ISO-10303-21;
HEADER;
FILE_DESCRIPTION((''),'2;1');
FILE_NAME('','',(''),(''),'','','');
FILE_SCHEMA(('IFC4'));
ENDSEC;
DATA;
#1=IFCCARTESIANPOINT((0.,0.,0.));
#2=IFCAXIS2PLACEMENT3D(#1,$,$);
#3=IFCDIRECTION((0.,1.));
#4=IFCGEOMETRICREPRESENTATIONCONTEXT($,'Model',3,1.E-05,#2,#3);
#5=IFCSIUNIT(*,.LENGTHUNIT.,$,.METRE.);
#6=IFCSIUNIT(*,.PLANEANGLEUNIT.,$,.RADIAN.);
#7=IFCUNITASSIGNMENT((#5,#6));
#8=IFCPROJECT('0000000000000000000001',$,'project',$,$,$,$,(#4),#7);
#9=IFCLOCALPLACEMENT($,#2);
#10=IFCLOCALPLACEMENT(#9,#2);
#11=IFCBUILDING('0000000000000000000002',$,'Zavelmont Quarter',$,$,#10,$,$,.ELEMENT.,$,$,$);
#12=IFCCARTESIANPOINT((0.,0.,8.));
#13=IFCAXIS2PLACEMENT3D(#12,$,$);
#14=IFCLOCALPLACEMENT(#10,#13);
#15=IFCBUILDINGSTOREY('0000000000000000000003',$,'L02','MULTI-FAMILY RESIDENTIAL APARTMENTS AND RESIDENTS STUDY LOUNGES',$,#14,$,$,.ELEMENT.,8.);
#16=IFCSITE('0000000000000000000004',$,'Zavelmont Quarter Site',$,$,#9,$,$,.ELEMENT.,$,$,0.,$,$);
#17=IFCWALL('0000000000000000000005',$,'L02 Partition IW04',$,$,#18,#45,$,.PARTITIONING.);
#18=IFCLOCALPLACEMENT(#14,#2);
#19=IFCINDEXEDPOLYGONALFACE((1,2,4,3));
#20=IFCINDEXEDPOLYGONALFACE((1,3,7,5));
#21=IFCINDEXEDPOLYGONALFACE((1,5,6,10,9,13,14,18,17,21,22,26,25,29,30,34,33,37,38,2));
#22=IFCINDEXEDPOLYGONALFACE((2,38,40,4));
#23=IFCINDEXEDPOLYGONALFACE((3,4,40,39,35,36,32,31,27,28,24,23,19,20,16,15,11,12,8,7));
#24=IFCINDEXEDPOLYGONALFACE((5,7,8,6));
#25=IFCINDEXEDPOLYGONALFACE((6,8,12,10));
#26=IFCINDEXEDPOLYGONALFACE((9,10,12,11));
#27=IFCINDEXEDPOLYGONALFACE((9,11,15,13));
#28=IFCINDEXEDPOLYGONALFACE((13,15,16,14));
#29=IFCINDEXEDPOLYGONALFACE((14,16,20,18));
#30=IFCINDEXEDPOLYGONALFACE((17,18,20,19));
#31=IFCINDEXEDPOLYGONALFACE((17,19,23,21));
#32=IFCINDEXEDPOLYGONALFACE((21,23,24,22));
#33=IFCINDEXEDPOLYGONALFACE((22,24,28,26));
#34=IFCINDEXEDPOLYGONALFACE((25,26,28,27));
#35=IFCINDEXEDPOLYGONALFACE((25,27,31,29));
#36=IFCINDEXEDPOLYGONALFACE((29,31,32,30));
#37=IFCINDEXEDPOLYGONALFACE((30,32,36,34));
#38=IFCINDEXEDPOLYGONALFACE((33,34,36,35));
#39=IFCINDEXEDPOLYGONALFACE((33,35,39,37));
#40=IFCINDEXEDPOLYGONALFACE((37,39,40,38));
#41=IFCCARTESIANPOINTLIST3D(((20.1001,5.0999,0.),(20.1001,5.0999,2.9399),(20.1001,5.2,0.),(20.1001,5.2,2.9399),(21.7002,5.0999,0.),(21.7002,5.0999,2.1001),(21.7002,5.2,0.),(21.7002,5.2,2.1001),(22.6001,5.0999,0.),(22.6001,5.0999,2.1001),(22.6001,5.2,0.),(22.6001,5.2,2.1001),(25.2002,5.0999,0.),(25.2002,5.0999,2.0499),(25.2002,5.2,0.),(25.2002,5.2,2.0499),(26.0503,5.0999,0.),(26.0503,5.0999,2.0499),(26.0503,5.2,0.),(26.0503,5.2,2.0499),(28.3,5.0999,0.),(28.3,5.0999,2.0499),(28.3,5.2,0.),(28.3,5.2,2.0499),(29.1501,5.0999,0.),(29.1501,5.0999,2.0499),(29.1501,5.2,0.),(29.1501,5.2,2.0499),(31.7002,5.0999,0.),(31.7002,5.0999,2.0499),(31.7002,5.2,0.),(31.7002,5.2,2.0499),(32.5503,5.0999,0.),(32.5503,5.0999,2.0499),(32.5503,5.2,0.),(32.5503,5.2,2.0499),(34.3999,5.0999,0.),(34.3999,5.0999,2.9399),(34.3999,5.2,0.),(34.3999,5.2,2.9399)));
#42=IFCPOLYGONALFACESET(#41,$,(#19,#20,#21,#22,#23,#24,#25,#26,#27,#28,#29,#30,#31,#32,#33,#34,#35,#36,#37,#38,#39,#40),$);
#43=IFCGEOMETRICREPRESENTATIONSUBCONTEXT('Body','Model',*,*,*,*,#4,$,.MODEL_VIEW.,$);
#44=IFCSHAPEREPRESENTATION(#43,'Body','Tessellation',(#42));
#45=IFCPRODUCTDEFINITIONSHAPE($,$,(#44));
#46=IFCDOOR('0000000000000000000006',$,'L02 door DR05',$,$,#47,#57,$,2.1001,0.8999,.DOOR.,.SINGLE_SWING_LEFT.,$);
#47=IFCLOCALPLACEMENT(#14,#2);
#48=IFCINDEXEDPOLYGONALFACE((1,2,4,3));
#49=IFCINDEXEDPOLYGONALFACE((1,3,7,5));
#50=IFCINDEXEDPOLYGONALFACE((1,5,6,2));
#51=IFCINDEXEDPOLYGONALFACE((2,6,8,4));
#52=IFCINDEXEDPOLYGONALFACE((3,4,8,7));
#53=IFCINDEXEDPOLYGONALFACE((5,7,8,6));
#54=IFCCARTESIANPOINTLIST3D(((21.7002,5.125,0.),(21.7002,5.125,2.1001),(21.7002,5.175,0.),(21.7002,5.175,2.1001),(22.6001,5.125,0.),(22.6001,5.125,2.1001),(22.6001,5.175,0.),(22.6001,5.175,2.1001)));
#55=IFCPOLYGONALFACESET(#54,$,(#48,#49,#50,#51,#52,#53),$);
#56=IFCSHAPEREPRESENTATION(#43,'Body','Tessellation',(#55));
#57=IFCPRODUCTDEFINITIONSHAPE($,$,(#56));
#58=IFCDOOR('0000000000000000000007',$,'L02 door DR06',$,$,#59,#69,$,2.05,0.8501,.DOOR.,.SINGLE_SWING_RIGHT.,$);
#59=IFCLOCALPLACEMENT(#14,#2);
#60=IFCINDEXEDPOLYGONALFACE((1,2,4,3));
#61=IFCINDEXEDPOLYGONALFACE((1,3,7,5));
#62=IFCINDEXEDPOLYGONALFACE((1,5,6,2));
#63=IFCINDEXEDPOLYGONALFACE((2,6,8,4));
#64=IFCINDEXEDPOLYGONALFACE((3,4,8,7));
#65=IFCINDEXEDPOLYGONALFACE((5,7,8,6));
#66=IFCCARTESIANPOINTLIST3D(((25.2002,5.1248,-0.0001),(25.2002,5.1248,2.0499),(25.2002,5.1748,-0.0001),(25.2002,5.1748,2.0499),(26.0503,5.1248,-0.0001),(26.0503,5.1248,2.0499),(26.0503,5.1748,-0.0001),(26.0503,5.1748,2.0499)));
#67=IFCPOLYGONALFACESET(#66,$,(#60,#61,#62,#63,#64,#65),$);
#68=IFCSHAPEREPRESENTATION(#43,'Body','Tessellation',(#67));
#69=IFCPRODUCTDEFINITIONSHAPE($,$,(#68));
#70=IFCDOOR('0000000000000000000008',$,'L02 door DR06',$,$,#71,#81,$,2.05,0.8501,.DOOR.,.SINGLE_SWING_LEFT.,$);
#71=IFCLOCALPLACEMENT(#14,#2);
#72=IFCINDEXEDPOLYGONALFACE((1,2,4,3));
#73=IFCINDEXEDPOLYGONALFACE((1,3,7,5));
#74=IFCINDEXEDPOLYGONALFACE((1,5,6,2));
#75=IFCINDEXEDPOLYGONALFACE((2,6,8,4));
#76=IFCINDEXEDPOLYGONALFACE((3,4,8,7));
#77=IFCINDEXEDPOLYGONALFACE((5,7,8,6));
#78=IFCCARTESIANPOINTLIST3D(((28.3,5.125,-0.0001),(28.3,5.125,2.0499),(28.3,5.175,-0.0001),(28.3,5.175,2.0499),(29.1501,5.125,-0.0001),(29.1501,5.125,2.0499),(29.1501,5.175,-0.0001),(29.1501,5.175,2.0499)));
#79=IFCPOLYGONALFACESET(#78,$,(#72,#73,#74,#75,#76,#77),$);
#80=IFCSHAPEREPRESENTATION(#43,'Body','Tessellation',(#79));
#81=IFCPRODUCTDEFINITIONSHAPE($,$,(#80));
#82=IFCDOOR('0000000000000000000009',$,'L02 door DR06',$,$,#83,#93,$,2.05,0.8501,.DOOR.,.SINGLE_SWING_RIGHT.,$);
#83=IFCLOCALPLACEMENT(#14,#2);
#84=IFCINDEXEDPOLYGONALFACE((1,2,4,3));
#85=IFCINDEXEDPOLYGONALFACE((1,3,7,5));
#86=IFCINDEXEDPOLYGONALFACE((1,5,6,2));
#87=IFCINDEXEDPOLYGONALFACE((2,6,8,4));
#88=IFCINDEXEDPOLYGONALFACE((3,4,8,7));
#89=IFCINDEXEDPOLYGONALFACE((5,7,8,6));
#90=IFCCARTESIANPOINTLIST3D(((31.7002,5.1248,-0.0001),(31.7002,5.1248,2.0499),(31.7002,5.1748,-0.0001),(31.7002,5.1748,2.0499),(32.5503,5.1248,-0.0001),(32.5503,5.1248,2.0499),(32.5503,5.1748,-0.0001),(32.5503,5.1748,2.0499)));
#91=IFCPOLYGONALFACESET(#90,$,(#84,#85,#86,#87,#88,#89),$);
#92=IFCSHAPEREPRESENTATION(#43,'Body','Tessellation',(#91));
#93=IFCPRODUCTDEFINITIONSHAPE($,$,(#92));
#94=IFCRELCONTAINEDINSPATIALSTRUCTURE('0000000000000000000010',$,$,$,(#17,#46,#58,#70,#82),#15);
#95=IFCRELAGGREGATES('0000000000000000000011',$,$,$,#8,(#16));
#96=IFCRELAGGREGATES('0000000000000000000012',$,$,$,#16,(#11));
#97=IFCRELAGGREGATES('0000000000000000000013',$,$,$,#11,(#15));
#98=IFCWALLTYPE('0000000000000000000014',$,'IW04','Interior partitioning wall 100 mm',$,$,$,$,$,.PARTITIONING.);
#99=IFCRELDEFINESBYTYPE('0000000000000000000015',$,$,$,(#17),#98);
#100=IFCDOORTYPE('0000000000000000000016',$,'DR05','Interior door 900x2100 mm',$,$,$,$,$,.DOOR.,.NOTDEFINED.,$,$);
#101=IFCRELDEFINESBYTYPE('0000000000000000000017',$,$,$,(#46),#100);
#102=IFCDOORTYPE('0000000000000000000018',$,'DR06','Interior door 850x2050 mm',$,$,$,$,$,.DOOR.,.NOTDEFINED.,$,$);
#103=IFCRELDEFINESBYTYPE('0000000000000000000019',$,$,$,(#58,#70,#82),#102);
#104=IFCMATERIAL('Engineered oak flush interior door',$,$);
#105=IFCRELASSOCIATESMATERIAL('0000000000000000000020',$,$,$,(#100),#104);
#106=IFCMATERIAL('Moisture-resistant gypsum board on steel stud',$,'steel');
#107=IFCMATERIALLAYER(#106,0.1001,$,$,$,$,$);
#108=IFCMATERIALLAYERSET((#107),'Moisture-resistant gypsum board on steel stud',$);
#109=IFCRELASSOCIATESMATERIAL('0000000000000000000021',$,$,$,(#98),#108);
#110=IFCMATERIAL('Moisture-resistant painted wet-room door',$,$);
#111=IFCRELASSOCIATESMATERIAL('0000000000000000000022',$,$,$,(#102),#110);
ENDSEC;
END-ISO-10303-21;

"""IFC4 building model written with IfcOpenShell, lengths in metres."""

from ifc_helpers import new_model, si_unit, direction, frame, frame_2d, origin, origin_with_axes, place, context, subcontext, project, spatial, rectangle, extrude, material, layer, layer_set, type_object, element, fill, save


model = new_model("IFC4")

# Units and contexts
model_context = context("Model", 3, precision=1e-05, world=origin(), true_north=direction((0.0, 1.0)))
body_context = subcontext(model_context, "Body", "Model", "MODEL_VIEW")
ifc_project = project(units=[si_unit("LENGTHUNIT", "METRE"), si_unit("PLANEANGLEUNIT", "RADIAN")], contexts=[model_context])

# Site, building, storey
site_placement = place(None, origin())
site = spatial("IfcSite", under=ifc_project, at=site_placement, Name="Zavelmont Quarter Site", CompositionType="ELEMENT", RefElevation=0.0)
building_placement = place(site_placement, origin())
building = spatial("IfcBuilding", under=site, at=building_placement, Name="Zavelmont Quarter", CompositionType="ELEMENT")
storey_placement = place(building_placement, frame((0.0, 0.0, 8.0)))
storey = spatial("IfcBuildingStorey", under=building, at=storey_placement, Name="L02", Description="MULTI-FAMILY RESIDENTIAL APARTMENTS AND RESIDENTS STUDY LOUNGES", CompositionType="ELEMENT", Elevation=8.0)

# Shared definitions
ifc_material_1 = material(Name="Engineered oak flush interior door")
door_type_1 = type_object("IfcDoorType", Name="DR05", Description="Interior door 900x2100 mm", OperationType="NOTDEFINED", PredefinedType="DOOR", material=ifc_material_1)

# Wall, openings, doors
ifc_material_2 = material(Name="Moisture-resistant gypsum board on steel stud", Category="steel")
ifc_layer_1 = layer(ifc_material_2, 0.1001)
ifc_layer_set_1 = layer_set([ifc_layer_1], Name="Moisture-resistant gypsum board on steel stud")
wall_type_1 = type_object("IfcWallType", Name="IW04", Description="Interior partitioning wall 100 mm", PredefinedType="PARTITIONING", material=ifc_layer_set_1)
wall_1_placement = place(storey_placement, frame((20.1001, 5.1499, 0.0), z_axis=(0.0, 0.0, 1.0), x_axis=(1.0, 0.0, 0.0)))
wall_1 = element("IfcWall", 1, at=wall_1_placement, inside=storey, type_object=wall_type_1, Name="L02 Partition IW04", PredefinedType="PARTITIONING", context=body_context, shape_type="SweptSolid", body=[
    extrude(rectangle(XDim=14.2998, YDim=0.1001, at=frame_2d((7.1499, 0.0))), origin(), (0.0, 0.0, 1.0), 2.9399),
])
opening_1_placement = place(wall_1_placement, frame((1.6001, 0.0, 0.0)))
opening_1 = element("IfcOpeningElement", 2, at=opening_1_placement, cuts=wall_1, PredefinedType="OPENING", context=body_context, shape_type="SweptSolid", body=[
    extrude(rectangle(XDim=0.8999, YDim=2.1001, at=frame_2d((0.45, 1.05))), frame((0.0, 0.062, 0.0), z_axis=(0.0, -1.0, 0.0), x_axis=(1.0, 0.0, 0.0)), (0.0, 0.0, 1.0), 0.124),
])
opening_2_placement = place(wall_1_placement, frame((5.1001, 0.0, 0.0)))
opening_2 = element("IfcOpeningElement", 3, at=opening_2_placement, cuts=wall_1, PredefinedType="OPENING", context=body_context, shape_type="SweptSolid", body=[
    extrude(rectangle(XDim=0.8501, YDim=2.05, at=frame_2d((0.425, 1.0249))), frame((0.0, 0.062, 0.0), z_axis=(0.0, -1.0, 0.0), x_axis=(1.0, 0.0, 0.0)), (0.0, 0.0, 1.0), 0.124),
])
opening_3_placement = place(wall_1_placement, frame((8.2, 0.0, 0.0)))
opening_3 = element("IfcOpeningElement", 4, at=opening_3_placement, cuts=wall_1, PredefinedType="OPENING", context=body_context, shape_type="SweptSolid", body=[
    extrude(rectangle(XDim=0.8501, YDim=2.05, at=frame_2d((0.425, 1.0249))), frame((0.0, 0.062, 0.0), z_axis=(0.0, -1.0, 0.0), x_axis=(1.0, 0.0, 0.0)), (0.0, 0.0, 1.0), 0.124),
])
opening_4_placement = place(wall_1_placement, frame((11.6001, 0.0, 0.0)))
opening_4 = element("IfcOpeningElement", 5, at=opening_4_placement, cuts=wall_1, PredefinedType="OPENING", context=body_context, shape_type="SweptSolid", body=[
    extrude(rectangle(XDim=0.8501, YDim=2.05, at=frame_2d((0.425, 1.0249))), frame((0.0, 0.062, 0.0), z_axis=(0.0, -1.0, 0.0), x_axis=(1.0, 0.0, 0.0)), (0.0, 0.0, 1.0), 0.124),
])
door_1_placement = place(opening_1_placement, frame((0.8999, 0.0, 0.0), z_axis=(0.0, 0.0, 1.0), x_axis=(-1.0, 0.0, 0.0)))
door_1 = element("IfcDoor", 6, at=door_1_placement, inside=storey, type_object=door_type_1, Name="L02 door DR05", OperationType="SINGLE_SWING_LEFT", OverallHeight=2.1001, OverallWidth=0.8999, PredefinedType="DOOR", context=body_context, shape_type="SweptSolid", body=[
    extrude(rectangle(XDim=0.8999, YDim=2.1001, at=frame_2d((0.45, 1.05))), frame((0.0, 0.0249, 0.0), z_axis=(0.0, -1.0, 0.0), x_axis=(1.0, 0.0, 0.0)), (0.0, 0.0, 1.0), 0.05),
])
fill(opening_1, door_1)
ifc_material_3 = material(Name="Moisture-resistant painted wet-room door")
door_type_2 = type_object("IfcDoorType", Name="DR06", Description="Interior door 850x2050 mm", OperationType="NOTDEFINED", PredefinedType="DOOR", material=ifc_material_3)
door_2_placement = place(opening_2_placement, origin_with_axes())
door_2 = element("IfcDoor", 7, at=door_2_placement, inside=storey, type_object=door_type_2, Name="L02 door DR06", OperationType="SINGLE_SWING_RIGHT", OverallHeight=2.05, OverallWidth=0.8501, PredefinedType="DOOR", context=body_context, shape_type="SweptSolid", body=[
    extrude(rectangle(XDim=0.8501, YDim=2.05, at=frame_2d((0.425, 1.0249))), frame((0.0, 0.0249, 0.0), z_axis=(0.0, -1.0, 0.0), x_axis=(1.0, 0.0, 0.0)), (0.0, 0.0, 1.0), 0.05),
])
fill(opening_2, door_2)
door_3_placement = place(opening_3_placement, frame((0.8501, 0.0, 0.0), z_axis=(0.0, 0.0, 1.0), x_axis=(-1.0, 0.0, 0.0)))
door_3 = element("IfcDoor", 8, at=door_3_placement, inside=storey, type_object=door_type_2, Name="L02 door DR06", OperationType="SINGLE_SWING_LEFT", OverallHeight=2.05, OverallWidth=0.8501, PredefinedType="DOOR", context=body_context, shape_type="SweptSolid", body=[
    extrude(rectangle(XDim=0.8501, YDim=2.05, at=frame_2d((0.425, 1.0249))), frame((0.0, 0.0249, 0.0), z_axis=(0.0, -1.0, 0.0), x_axis=(1.0, 0.0, 0.0)), (0.0, 0.0, 1.0), 0.05),
])
fill(opening_3, door_3)
door_4_placement = place(opening_4_placement, origin_with_axes())
door_4 = element("IfcDoor", 9, at=door_4_placement, inside=storey, type_object=door_type_2, Name="L02 door DR06", OperationType="SINGLE_SWING_RIGHT", OverallHeight=2.05, OverallWidth=0.8501, PredefinedType="DOOR", context=body_context, shape_type="SweptSolid", body=[
    extrude(rectangle(XDim=0.8501, YDim=2.05, at=frame_2d((0.425, 1.0249))), frame((0.0, 0.0249, 0.0), z_axis=(0.0, -1.0, 0.0), x_axis=(1.0, 0.0, 0.0)), (0.0, 0.0, 1.0), 0.05),
])
fill(opening_4, door_4)

save(model, "model.ifc")
